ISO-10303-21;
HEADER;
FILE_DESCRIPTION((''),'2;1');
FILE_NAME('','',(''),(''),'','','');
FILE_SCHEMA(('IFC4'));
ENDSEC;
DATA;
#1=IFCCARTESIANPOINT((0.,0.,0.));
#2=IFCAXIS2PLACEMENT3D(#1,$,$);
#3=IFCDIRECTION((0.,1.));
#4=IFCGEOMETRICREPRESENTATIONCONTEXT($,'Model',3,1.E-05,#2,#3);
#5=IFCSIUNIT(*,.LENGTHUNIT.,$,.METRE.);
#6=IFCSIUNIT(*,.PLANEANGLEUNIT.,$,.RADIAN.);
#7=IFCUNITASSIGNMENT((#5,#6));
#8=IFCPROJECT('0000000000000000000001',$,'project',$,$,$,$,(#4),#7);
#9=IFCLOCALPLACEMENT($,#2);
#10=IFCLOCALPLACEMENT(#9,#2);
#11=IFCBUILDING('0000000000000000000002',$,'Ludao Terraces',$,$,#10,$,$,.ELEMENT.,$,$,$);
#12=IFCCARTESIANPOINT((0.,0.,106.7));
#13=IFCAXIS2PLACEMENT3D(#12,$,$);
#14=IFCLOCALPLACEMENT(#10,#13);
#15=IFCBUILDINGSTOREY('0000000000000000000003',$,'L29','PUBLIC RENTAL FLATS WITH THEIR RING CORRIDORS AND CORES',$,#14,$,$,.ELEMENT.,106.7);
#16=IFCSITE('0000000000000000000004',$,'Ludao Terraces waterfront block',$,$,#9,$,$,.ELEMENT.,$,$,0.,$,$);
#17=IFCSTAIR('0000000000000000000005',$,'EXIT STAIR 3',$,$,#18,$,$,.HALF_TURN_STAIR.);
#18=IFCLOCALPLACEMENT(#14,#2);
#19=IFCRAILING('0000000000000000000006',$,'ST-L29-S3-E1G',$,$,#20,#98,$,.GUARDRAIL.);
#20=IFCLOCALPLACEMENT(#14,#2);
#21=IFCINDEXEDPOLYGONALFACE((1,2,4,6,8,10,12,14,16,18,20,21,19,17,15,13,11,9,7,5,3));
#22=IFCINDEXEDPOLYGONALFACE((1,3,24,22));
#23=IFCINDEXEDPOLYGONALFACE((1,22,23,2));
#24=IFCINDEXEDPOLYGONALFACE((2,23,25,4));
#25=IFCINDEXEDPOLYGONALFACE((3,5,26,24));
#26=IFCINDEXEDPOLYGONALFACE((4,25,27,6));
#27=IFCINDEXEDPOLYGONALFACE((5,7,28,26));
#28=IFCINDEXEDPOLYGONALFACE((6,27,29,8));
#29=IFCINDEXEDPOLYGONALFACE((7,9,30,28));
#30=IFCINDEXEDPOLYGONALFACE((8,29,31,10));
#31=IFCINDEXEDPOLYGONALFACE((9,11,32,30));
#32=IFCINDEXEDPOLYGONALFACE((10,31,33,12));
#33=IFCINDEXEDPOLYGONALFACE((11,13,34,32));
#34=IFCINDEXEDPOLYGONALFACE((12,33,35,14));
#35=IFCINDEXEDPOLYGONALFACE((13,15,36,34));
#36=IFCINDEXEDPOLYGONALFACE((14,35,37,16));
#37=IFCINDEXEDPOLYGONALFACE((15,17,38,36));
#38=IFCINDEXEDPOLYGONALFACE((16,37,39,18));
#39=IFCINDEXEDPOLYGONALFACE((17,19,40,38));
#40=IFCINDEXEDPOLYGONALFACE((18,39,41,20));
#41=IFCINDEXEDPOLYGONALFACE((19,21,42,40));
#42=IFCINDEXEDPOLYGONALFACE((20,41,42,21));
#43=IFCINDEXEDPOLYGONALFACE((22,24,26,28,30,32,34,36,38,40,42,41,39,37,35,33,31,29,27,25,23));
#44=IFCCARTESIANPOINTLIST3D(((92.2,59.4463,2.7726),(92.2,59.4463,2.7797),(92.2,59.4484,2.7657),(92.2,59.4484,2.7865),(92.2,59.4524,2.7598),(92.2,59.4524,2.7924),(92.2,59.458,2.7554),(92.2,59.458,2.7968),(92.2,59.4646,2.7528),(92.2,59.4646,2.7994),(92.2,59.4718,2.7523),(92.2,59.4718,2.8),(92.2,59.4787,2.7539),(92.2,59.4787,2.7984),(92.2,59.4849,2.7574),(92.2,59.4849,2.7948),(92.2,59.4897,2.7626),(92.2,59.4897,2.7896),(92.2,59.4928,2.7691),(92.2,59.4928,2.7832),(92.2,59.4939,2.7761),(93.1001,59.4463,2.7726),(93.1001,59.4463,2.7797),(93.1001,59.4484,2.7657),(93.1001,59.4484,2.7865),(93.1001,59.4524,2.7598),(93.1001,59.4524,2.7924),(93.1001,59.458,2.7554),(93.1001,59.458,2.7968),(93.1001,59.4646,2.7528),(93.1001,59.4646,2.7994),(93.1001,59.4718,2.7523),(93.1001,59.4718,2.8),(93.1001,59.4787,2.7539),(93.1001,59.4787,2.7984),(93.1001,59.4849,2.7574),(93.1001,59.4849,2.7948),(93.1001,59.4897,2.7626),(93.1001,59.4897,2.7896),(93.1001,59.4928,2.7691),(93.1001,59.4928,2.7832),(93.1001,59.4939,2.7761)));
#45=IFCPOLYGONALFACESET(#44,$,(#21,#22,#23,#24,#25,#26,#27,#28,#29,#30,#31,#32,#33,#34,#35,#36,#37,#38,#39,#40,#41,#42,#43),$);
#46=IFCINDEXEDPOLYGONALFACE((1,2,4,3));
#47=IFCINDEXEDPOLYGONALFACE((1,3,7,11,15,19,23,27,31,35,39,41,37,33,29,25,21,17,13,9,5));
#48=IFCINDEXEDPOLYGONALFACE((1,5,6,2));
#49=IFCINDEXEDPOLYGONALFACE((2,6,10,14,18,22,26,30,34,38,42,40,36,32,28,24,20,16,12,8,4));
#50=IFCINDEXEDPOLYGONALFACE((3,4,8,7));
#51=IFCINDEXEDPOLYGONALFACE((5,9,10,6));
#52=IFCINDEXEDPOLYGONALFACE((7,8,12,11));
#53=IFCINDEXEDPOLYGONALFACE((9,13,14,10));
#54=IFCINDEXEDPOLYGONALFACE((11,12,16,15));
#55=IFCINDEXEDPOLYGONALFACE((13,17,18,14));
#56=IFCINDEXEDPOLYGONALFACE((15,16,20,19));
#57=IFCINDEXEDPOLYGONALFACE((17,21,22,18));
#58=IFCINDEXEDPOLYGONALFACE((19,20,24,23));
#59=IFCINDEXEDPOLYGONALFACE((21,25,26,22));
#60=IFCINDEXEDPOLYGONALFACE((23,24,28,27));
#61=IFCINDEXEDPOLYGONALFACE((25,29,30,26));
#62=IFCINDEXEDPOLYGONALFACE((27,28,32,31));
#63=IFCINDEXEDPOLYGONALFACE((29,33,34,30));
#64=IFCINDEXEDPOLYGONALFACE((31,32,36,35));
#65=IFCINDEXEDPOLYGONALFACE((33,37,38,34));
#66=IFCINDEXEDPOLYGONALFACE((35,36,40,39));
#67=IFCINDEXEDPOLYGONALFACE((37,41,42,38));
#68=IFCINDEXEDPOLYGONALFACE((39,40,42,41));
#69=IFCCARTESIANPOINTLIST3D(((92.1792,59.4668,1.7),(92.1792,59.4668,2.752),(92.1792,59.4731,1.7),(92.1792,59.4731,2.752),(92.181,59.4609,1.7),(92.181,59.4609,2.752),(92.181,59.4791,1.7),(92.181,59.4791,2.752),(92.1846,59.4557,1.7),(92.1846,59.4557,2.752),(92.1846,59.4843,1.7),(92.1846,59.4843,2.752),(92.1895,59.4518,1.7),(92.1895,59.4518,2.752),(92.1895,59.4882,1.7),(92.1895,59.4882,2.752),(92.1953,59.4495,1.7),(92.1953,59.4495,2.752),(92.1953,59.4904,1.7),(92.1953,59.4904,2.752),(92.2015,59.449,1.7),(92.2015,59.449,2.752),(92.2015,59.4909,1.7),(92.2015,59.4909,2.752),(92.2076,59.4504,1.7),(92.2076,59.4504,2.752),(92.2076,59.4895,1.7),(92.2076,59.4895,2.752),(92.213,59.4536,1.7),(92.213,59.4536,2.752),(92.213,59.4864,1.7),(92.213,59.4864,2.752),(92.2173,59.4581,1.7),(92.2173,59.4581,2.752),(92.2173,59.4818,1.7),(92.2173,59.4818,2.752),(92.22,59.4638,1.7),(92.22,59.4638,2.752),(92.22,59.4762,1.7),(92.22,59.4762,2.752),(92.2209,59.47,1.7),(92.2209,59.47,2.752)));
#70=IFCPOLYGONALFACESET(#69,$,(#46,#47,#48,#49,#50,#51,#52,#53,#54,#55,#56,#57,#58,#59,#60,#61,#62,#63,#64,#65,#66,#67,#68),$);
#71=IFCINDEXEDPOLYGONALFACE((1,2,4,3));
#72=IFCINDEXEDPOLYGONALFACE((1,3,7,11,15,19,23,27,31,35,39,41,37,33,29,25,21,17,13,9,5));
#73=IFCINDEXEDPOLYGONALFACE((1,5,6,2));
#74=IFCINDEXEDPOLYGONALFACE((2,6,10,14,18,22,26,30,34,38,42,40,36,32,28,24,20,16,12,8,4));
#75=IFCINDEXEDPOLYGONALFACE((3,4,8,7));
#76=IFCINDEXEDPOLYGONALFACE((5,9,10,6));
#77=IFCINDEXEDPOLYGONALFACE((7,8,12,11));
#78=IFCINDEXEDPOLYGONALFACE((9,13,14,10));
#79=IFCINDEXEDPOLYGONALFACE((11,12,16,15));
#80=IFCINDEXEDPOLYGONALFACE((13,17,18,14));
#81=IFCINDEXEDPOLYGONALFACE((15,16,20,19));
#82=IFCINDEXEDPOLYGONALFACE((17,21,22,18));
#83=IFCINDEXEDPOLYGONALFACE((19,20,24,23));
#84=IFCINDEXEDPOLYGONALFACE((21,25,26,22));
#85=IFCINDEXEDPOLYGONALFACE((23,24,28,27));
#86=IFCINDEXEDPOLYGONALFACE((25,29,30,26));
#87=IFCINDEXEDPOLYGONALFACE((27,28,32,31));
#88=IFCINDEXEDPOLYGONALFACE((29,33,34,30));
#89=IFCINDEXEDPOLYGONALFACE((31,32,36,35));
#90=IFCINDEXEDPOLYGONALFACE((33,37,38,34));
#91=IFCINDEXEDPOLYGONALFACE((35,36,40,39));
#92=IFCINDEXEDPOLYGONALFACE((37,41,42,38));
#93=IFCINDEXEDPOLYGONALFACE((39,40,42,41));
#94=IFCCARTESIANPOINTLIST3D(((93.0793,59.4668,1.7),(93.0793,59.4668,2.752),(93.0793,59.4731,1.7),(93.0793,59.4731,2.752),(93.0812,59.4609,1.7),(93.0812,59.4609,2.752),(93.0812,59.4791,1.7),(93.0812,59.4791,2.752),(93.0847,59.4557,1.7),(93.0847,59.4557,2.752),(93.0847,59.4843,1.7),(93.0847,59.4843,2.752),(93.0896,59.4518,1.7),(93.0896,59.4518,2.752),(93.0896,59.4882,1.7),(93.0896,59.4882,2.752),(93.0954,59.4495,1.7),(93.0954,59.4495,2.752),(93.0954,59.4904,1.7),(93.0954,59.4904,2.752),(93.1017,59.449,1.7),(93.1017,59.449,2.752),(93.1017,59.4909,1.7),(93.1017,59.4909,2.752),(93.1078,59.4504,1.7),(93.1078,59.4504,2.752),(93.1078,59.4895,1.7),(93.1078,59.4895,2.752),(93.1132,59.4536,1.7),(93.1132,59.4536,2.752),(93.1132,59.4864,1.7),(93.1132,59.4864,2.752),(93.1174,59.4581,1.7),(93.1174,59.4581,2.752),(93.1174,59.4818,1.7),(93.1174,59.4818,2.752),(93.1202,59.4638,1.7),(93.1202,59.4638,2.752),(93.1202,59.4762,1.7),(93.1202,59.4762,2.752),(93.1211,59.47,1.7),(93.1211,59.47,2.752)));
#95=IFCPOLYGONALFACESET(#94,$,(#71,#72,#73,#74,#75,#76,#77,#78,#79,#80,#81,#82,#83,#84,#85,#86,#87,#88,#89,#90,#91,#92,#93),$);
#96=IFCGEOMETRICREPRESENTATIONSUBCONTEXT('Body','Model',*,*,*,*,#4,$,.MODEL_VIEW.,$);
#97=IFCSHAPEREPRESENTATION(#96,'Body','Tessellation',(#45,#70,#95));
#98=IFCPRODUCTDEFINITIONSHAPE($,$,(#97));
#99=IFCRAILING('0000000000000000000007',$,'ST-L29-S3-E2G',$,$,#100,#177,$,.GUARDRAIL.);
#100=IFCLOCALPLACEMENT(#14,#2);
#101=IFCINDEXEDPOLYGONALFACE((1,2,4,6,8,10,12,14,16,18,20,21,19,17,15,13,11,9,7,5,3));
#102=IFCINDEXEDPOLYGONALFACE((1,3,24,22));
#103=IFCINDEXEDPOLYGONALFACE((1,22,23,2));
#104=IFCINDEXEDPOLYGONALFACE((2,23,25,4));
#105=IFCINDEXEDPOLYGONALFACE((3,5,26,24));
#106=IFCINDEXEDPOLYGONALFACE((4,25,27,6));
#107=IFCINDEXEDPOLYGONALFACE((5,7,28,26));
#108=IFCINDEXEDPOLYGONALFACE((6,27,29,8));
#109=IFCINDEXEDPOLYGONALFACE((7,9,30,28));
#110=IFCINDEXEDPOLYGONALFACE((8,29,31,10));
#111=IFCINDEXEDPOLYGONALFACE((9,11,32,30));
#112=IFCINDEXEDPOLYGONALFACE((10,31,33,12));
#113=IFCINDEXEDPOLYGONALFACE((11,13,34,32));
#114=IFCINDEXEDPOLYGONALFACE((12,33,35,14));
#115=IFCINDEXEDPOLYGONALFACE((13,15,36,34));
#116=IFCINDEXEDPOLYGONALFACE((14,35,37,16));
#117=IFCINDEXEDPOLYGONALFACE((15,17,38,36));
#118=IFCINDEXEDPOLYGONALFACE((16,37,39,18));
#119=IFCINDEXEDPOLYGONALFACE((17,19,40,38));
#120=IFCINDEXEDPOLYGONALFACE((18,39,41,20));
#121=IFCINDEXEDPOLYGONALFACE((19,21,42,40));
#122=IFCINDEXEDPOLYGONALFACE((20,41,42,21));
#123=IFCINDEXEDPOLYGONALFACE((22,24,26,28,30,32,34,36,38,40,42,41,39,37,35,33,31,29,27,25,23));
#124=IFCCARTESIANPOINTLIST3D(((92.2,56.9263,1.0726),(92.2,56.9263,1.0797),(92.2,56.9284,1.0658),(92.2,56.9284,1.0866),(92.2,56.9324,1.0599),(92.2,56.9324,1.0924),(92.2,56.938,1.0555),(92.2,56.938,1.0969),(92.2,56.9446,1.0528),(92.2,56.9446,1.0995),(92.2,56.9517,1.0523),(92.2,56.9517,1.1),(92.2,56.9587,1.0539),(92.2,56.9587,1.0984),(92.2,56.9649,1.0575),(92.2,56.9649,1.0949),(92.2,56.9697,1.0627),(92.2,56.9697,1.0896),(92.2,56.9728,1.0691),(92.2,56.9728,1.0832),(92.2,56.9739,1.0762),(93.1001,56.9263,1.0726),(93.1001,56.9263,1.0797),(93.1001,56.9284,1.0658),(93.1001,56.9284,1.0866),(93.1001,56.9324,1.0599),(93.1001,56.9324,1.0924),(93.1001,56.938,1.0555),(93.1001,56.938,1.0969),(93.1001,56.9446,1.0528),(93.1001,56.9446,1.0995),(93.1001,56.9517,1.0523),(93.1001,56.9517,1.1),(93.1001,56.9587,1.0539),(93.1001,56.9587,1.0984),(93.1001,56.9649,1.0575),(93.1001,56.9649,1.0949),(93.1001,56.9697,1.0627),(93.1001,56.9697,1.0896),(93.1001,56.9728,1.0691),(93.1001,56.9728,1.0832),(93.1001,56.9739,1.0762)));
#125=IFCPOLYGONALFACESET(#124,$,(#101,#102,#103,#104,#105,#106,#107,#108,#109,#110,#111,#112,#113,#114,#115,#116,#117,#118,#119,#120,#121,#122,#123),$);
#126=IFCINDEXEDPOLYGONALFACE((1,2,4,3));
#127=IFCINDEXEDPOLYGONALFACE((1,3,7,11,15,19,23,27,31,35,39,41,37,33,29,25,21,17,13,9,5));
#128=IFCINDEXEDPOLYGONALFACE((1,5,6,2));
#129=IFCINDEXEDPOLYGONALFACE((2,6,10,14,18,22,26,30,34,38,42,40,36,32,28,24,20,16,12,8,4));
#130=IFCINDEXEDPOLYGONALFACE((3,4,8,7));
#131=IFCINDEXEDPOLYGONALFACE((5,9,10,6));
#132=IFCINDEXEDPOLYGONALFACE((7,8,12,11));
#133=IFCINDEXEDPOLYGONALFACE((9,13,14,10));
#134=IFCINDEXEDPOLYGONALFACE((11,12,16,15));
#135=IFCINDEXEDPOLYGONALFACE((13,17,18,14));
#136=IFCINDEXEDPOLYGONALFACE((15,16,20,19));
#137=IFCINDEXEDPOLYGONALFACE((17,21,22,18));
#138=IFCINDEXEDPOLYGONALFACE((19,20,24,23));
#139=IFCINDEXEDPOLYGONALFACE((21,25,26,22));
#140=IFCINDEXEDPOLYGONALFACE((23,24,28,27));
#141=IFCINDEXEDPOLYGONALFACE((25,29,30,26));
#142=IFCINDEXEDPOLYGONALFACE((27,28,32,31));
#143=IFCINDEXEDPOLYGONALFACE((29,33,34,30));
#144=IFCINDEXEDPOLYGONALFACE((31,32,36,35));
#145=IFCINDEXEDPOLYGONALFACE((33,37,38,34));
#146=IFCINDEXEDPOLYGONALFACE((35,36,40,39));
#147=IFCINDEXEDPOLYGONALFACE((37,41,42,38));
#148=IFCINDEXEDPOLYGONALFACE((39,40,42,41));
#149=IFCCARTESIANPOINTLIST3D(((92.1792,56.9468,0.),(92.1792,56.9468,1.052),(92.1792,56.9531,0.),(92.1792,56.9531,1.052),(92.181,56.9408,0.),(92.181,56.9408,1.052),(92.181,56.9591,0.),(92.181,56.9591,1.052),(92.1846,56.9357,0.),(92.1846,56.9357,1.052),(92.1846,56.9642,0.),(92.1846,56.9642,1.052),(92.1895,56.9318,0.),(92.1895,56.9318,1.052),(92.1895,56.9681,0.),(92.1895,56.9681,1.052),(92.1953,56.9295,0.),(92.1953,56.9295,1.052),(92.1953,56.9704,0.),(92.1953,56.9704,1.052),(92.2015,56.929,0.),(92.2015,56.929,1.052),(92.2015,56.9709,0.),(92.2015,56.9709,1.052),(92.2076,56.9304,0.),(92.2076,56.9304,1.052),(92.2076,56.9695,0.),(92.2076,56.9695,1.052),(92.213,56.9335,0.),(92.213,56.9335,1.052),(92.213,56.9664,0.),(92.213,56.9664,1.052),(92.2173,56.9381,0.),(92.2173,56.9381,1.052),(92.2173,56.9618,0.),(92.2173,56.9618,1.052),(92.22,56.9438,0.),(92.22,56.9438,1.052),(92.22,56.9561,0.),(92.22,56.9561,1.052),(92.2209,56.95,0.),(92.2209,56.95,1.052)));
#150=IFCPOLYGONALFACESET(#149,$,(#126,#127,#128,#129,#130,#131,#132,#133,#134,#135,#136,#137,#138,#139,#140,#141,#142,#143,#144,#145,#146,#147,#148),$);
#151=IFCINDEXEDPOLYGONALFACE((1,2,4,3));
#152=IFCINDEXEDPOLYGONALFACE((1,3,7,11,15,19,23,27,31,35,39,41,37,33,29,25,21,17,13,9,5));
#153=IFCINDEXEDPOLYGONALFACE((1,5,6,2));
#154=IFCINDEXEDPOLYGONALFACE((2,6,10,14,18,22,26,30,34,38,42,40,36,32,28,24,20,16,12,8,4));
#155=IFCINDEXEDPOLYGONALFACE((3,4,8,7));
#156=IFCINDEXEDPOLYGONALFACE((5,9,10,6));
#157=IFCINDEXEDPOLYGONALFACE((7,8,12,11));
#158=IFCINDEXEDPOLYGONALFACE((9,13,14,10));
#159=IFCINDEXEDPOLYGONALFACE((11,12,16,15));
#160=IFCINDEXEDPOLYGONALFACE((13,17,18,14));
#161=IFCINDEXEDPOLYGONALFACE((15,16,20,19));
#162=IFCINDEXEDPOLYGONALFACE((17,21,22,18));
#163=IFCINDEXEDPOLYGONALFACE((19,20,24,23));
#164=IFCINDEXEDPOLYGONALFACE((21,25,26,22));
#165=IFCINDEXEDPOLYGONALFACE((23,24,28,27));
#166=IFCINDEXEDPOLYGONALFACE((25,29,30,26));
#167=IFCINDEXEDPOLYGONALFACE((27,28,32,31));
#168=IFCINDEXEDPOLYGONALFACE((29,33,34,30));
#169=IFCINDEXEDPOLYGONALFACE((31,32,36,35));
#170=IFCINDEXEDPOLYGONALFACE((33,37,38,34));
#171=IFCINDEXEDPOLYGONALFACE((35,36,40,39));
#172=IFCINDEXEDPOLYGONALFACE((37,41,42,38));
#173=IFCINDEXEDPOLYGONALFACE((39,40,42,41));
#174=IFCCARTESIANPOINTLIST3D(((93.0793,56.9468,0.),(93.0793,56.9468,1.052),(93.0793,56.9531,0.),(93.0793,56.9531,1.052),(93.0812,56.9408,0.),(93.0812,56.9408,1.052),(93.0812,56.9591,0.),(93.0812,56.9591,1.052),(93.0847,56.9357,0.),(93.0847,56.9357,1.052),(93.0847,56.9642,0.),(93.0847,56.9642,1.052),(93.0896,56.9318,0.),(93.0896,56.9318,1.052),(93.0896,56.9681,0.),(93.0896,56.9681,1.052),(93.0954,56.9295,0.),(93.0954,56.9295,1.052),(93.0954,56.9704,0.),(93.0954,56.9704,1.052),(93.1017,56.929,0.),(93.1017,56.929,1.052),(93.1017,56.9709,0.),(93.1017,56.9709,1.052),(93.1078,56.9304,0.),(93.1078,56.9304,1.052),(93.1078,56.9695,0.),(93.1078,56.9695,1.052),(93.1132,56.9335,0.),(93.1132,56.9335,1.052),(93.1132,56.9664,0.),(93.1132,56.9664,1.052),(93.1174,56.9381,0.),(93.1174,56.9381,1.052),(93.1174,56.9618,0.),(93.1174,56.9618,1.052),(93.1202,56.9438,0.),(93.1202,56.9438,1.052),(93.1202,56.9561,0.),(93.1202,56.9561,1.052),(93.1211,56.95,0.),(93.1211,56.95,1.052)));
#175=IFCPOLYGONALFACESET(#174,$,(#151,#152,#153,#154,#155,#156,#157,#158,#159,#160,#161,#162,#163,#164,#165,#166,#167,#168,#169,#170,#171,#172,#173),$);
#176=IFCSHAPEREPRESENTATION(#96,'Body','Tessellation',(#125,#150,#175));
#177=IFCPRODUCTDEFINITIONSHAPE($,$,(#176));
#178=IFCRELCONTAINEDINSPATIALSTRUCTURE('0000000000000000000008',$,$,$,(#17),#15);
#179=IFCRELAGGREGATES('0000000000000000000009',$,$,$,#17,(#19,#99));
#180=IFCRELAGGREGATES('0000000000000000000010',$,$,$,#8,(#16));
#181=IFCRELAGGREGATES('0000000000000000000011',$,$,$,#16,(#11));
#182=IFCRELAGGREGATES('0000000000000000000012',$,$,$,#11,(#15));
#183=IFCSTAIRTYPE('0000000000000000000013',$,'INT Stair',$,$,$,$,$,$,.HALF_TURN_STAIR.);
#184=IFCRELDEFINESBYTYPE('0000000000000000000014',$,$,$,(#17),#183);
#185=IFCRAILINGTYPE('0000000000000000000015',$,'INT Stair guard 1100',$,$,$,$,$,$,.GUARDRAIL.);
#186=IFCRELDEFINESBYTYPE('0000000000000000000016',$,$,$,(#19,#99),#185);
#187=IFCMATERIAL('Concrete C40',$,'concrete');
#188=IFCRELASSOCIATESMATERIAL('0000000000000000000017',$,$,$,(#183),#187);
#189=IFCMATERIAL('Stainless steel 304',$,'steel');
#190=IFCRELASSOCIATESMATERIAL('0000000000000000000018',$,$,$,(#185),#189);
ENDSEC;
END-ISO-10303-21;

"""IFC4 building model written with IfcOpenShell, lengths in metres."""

from ifc_helpers import new_model, si_unit, direction, frame, origin, origin_2d, place, context, subcontext, project, spatial, circle, extrude, material, type_object, element, aggregate, save


model = new_model("IFC4")

# Units and contexts
model_context = context("Model", 3, precision=1e-05, world=origin(), true_north=direction((0.0, 1.0)))
body_context = subcontext(model_context, "Body", "Model", "MODEL_VIEW")
ifc_project = project(units=[si_unit("LENGTHUNIT", "METRE"), si_unit("PLANEANGLEUNIT", "RADIAN")], contexts=[model_context])

# Site, building, storey
site_placement = place(None, origin())
site = spatial("IfcSite", under=ifc_project, at=site_placement, Name="Ludao Terraces waterfront block", CompositionType="ELEMENT", RefElevation=0.0)
building_placement = place(site_placement, origin())
building = spatial("IfcBuilding", under=site, at=building_placement, Name="Ludao Terraces", CompositionType="ELEMENT")
storey_placement = place(building_placement, frame((0.0, 0.0, 106.7)))
storey = spatial("IfcBuildingStorey", under=building, at=storey_placement, Name="L29", Description="PUBLIC RENTAL FLATS WITH THEIR RING CORRIDORS AND CORES", CompositionType="ELEMENT", Elevation=106.7)

# Shared definitions
ifc_material_1 = material(Name="Concrete C40", Category="concrete")

# Stair, railings
stair_type = type_object("IfcStairType", Name="INT Stair", PredefinedType="HALF_TURN_STAIR", material=ifc_material_1)
stair_placement = place(storey_placement, origin())
stair = element("IfcStair", 1, at=stair_placement, inside=storey, type_object=stair_type, Name="EXIT STAIR 3", PredefinedType="HALF_TURN_STAIR")
ifc_material_2 = material(Name="Stainless steel 304", Category="steel")
railing_type_1 = type_object("IfcRailingType", Name="INT Stair guard 1100", PredefinedType="GUARDRAIL", material=ifc_material_2)
railing_1_placement = place(storey_placement, frame((92.2, 59.47, 1.7)))
railing_1 = element("IfcRailing", 2, at=railing_1_placement, type_object=railing_type_1, Name="ST-L29-S3-E1G", PredefinedType="GUARDRAIL", context=body_context, shape_type="SweptSolid", body=[
    extrude(circle(Radius=0.0239, at=origin_2d()), frame((0.0, 0.0, 1.0762), z_axis=(1.0, 0.0, 0.0), x_axis=(0.0, 1.0, 0.0)), (0.0, 0.0, 1.0), 0.9001),
    extrude(circle(Radius=0.021, at=origin_2d()), origin(), (0.0, 0.0, 1.0), 1.052),
    extrude(circle(Radius=0.021, at=origin_2d()), frame((0.9001, 0.0, 0.0)), (0.0, 0.0, 1.0), 1.052),
])
railing_2_placement = place(storey_placement, frame((92.2, 56.95, 0.0)))
railing_2 = element("IfcRailing", 3, at=railing_2_placement, type_object=railing_type_1, Name="ST-L29-S3-E2G", PredefinedType="GUARDRAIL", context=body_context, shape_type="SweptSolid", body=[
    extrude(circle(Radius=0.0239, at=origin_2d()), frame((0.0, 0.0, 1.0762), z_axis=(1.0, 0.0, 0.0), x_axis=(0.0, 1.0, 0.0)), (0.0, 0.0, 1.0), 0.9001),
    extrude(circle(Radius=0.021, at=origin_2d()), origin(), (0.0, 0.0, 1.0), 1.052),
    extrude(circle(Radius=0.021, at=origin_2d()), frame((0.9001, 0.0, 0.0)), (0.0, 0.0, 1.0), 1.052),
])
aggregate(stair, [railing_1, railing_2])

save(model, "model.ifc")
